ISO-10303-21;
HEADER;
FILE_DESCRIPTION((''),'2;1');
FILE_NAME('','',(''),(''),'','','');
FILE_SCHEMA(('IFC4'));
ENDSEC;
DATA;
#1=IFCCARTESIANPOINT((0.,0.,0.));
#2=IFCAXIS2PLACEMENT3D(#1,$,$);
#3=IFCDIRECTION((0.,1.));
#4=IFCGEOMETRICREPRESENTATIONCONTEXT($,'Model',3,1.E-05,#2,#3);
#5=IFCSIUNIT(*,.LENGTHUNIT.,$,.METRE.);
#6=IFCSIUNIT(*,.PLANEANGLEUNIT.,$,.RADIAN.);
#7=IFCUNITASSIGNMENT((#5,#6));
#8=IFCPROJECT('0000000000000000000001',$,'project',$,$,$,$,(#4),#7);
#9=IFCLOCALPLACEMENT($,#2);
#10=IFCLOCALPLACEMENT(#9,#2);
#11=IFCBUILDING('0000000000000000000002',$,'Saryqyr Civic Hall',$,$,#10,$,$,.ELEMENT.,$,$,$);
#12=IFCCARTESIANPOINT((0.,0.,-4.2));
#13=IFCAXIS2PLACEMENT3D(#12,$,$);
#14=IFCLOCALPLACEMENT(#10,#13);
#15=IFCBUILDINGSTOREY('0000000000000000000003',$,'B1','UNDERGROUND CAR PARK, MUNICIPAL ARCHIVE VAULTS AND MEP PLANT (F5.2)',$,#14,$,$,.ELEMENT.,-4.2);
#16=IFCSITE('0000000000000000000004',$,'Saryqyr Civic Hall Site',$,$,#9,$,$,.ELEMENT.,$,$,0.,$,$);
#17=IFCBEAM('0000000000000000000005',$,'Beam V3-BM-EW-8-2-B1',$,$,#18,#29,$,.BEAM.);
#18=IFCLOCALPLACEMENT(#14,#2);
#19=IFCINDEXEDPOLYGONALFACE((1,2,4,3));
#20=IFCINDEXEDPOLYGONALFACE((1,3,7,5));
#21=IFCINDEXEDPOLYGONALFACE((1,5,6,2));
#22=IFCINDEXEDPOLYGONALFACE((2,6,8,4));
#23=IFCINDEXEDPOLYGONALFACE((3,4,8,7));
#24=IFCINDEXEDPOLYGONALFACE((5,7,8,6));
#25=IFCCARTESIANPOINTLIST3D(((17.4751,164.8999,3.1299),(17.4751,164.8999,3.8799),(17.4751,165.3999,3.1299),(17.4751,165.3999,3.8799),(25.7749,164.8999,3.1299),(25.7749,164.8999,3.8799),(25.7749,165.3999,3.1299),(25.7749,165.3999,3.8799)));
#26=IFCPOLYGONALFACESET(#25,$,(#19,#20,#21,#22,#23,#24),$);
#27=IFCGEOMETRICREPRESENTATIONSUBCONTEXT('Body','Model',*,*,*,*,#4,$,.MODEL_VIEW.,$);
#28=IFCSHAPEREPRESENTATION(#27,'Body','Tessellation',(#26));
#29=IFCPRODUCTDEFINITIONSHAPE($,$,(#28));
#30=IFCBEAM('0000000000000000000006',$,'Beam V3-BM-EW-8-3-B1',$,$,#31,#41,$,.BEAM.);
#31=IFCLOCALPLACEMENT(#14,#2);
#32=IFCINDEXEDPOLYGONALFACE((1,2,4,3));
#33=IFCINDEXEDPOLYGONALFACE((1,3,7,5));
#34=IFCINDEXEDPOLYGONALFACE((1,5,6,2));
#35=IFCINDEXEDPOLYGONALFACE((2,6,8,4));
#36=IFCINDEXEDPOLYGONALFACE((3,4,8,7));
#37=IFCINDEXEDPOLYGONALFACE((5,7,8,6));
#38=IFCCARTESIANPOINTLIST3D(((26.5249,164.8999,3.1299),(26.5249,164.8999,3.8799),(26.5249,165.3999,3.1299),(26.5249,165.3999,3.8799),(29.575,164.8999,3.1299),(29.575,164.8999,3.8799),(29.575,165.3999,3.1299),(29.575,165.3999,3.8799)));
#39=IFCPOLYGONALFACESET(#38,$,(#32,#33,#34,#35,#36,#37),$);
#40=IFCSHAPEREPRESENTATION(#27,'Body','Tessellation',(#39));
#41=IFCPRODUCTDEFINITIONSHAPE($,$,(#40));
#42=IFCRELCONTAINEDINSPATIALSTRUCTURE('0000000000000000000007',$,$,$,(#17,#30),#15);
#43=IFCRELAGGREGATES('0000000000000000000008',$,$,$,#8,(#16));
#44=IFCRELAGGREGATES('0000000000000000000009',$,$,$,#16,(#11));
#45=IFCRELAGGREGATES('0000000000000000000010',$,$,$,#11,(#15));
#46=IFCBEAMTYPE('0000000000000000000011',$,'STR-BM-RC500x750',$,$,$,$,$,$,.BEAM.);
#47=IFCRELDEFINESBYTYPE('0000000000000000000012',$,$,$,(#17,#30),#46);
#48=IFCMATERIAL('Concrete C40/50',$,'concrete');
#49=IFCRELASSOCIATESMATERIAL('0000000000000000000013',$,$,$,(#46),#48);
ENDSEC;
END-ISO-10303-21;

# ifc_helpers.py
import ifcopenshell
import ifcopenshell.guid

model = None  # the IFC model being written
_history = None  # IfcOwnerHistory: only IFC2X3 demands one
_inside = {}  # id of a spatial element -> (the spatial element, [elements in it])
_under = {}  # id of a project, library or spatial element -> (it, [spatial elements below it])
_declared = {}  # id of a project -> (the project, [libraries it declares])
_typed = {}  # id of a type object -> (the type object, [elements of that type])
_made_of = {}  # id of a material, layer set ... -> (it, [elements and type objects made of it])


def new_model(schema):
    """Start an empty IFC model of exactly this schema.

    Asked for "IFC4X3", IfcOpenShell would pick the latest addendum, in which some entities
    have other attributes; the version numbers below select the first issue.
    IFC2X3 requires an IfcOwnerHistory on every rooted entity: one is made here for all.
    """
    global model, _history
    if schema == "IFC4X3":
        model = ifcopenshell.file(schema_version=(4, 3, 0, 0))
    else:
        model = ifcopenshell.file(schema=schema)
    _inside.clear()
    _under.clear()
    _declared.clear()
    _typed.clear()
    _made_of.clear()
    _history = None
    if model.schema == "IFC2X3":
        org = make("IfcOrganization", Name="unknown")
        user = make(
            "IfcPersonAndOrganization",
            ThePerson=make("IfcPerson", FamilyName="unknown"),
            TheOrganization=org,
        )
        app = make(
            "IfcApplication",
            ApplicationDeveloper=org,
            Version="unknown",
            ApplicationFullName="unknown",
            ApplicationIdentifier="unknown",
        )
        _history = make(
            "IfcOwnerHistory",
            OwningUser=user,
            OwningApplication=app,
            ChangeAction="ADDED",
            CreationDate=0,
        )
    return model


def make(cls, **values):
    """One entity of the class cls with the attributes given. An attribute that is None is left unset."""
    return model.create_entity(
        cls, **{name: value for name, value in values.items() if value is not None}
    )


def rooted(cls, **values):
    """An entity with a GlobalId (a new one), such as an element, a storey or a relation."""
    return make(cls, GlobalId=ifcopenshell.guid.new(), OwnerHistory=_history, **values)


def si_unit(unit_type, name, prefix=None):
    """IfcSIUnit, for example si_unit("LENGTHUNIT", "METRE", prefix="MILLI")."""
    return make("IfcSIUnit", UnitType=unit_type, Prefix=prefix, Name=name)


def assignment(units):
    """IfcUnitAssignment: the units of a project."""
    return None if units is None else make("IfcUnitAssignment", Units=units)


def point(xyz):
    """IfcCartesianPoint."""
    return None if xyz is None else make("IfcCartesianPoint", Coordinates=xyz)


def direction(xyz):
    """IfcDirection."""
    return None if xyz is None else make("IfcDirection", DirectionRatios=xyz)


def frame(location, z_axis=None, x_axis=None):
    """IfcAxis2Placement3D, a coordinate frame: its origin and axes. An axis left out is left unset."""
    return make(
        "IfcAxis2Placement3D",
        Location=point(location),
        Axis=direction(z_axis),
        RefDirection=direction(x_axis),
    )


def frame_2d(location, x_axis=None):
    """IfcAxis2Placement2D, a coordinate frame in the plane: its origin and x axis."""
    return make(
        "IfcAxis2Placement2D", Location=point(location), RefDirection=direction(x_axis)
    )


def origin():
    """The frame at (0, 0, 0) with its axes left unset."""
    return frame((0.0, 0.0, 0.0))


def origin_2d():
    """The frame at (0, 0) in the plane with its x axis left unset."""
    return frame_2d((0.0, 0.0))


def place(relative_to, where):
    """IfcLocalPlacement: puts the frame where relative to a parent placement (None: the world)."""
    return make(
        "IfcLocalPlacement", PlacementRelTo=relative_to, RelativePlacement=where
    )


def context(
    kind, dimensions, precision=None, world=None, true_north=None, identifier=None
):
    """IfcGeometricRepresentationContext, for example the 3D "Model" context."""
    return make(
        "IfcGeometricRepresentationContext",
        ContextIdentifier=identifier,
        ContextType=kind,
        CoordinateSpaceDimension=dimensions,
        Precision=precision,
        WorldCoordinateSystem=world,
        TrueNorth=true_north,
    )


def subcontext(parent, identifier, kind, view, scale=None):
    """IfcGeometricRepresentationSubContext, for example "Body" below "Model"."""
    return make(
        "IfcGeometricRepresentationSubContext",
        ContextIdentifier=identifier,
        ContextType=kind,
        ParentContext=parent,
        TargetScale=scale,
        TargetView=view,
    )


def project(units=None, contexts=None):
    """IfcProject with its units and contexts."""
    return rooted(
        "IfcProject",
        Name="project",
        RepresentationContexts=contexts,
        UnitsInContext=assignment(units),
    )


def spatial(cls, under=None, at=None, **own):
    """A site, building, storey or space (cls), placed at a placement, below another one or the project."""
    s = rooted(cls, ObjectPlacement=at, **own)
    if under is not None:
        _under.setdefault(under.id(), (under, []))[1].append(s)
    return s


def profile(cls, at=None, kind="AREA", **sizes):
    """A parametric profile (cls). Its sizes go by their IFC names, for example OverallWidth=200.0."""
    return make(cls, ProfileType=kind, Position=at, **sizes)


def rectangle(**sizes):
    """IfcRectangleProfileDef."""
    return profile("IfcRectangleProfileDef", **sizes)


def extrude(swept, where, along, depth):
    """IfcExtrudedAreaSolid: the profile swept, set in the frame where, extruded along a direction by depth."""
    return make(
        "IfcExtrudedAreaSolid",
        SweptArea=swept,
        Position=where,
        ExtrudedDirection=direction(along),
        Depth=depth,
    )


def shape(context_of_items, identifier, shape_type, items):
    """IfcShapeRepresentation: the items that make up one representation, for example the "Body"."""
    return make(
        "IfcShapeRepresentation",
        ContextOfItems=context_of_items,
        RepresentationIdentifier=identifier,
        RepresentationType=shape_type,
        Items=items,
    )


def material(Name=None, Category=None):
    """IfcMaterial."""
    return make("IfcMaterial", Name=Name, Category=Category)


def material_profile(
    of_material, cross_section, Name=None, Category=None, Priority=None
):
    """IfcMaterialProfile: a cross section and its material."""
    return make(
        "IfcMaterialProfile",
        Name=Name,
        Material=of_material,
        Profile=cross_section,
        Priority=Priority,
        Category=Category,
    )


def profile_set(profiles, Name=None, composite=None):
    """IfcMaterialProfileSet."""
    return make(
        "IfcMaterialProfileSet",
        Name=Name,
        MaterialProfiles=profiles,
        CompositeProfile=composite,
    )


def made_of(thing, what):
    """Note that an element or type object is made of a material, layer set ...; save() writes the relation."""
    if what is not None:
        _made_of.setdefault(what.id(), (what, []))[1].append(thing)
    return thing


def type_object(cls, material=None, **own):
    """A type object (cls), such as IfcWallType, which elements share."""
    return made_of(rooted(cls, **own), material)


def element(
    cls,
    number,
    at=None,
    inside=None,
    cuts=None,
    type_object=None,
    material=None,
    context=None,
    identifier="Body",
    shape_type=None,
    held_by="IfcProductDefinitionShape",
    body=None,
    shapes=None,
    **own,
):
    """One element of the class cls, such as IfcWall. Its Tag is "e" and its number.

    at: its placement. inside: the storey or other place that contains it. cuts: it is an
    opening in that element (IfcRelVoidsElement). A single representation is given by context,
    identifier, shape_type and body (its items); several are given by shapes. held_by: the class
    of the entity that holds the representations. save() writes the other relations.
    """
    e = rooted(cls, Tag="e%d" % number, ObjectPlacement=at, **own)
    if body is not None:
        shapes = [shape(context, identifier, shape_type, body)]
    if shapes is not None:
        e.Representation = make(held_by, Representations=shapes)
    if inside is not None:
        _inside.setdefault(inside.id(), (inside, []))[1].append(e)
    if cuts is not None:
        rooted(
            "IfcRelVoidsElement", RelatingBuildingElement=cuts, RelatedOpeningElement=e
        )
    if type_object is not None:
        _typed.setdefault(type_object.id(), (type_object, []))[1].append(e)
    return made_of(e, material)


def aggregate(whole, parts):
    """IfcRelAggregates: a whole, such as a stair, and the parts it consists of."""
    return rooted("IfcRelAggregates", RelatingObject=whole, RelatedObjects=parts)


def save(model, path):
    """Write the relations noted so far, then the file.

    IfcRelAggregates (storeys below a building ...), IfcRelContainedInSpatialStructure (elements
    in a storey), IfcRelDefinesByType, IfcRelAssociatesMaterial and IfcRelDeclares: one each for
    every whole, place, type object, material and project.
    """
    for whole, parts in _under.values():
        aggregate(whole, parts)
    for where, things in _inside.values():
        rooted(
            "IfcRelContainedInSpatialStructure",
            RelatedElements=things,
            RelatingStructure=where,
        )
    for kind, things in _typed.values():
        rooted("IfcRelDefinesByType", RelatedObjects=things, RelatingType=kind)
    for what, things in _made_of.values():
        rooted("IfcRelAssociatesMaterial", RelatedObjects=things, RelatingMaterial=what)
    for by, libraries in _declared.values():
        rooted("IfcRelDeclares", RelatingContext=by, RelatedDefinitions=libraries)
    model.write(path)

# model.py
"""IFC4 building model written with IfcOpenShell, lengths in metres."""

from ifc_helpers import new_model, si_unit, direction, frame, origin, origin_2d, place, context, subcontext, project, spatial, rectangle, extrude, material, material_profile, profile_set, type_object, element, save


model = new_model("IFC4")

# Units and contexts
model_context = context("Model", 3, precision=1e-05, world=origin(), true_north=direction((0.0, 1.0)))
body_context = subcontext(model_context, "Body", "Model", "MODEL_VIEW")
ifc_project = project(units=[si_unit("LENGTHUNIT", "METRE"), si_unit("PLANEANGLEUNIT", "RADIAN")], contexts=[model_context])

# Site, building, storey
site_placement = place(None, origin())
site = spatial("IfcSite", under=ifc_project, at=site_placement, Name="Saryqyr Civic Hall Site", CompositionType="ELEMENT", RefElevation=0.0)
building_placement = place(site_placement, origin())
building = spatial("IfcBuilding", under=site, at=building_placement, Name="Saryqyr Civic Hall", CompositionType="ELEMENT")
storey_placement = place(building_placement, frame((0.0, 0.0, -4.2)))
storey = spatial("IfcBuildingStorey", under=building, at=storey_placement, Name="B1", Description="UNDERGROUND CAR PARK, MUNICIPAL ARCHIVE VAULTS AND MEP PLANT (F5.2)", CompositionType="ELEMENT", Elevation=-4.2)

# Shared definitions
ifc_material_1 = material(Name="Concrete C40/50", Category="concrete")

# Beams
ifc_material_profile_1 = material_profile(ifc_material_1, rectangle(XDim=0.5, YDim=0.75, at=origin_2d()), Name="RC 500x750")
ifc_profile_set_1 = profile_set([ifc_material_profile_1], Name="Concrete C40/50")
beam_type_1 = type_object("IfcBeamType", Name="STR-BM-RC500x750", PredefinedType="BEAM", material=ifc_profile_set_1)
beam_1_placement = place(storey_placement, frame((17.4751, 165.1499, 3.5049), z_axis=(1.0, 0.0, 0.0), x_axis=(0.0, 1.0, 0.0)))
element("IfcBeam", 1, at=beam_1_placement, inside=storey, type_object=beam_type_1, Name="Beam V3-BM-EW-8-2-B1", PredefinedType="BEAM", context=body_context, shape_type="SweptSolid", body=[
    extrude(rectangle(XDim=0.5, YDim=0.75, at=origin_2d()), origin(), (0.0, 0.0, 1.0), 8.2998),
])
beam_2_placement = place(storey_placement, frame((26.5249, 165.1499, 3.5049), z_axis=(1.0, 0.0, 0.0), x_axis=(0.0, 1.0, 0.0)))
element("IfcBeam", 2, at=beam_2_placement, inside=storey, type_object=beam_type_1, Name="Beam V3-BM-EW-8-3-B1", PredefinedType="BEAM", context=body_context, shape_type="SweptSolid", body=[
    extrude(rectangle(XDim=0.5, YDim=0.75, at=origin_2d()), origin(), (0.0, 0.0, 1.0), 3.05),
])

save(model, "model.ifc")
